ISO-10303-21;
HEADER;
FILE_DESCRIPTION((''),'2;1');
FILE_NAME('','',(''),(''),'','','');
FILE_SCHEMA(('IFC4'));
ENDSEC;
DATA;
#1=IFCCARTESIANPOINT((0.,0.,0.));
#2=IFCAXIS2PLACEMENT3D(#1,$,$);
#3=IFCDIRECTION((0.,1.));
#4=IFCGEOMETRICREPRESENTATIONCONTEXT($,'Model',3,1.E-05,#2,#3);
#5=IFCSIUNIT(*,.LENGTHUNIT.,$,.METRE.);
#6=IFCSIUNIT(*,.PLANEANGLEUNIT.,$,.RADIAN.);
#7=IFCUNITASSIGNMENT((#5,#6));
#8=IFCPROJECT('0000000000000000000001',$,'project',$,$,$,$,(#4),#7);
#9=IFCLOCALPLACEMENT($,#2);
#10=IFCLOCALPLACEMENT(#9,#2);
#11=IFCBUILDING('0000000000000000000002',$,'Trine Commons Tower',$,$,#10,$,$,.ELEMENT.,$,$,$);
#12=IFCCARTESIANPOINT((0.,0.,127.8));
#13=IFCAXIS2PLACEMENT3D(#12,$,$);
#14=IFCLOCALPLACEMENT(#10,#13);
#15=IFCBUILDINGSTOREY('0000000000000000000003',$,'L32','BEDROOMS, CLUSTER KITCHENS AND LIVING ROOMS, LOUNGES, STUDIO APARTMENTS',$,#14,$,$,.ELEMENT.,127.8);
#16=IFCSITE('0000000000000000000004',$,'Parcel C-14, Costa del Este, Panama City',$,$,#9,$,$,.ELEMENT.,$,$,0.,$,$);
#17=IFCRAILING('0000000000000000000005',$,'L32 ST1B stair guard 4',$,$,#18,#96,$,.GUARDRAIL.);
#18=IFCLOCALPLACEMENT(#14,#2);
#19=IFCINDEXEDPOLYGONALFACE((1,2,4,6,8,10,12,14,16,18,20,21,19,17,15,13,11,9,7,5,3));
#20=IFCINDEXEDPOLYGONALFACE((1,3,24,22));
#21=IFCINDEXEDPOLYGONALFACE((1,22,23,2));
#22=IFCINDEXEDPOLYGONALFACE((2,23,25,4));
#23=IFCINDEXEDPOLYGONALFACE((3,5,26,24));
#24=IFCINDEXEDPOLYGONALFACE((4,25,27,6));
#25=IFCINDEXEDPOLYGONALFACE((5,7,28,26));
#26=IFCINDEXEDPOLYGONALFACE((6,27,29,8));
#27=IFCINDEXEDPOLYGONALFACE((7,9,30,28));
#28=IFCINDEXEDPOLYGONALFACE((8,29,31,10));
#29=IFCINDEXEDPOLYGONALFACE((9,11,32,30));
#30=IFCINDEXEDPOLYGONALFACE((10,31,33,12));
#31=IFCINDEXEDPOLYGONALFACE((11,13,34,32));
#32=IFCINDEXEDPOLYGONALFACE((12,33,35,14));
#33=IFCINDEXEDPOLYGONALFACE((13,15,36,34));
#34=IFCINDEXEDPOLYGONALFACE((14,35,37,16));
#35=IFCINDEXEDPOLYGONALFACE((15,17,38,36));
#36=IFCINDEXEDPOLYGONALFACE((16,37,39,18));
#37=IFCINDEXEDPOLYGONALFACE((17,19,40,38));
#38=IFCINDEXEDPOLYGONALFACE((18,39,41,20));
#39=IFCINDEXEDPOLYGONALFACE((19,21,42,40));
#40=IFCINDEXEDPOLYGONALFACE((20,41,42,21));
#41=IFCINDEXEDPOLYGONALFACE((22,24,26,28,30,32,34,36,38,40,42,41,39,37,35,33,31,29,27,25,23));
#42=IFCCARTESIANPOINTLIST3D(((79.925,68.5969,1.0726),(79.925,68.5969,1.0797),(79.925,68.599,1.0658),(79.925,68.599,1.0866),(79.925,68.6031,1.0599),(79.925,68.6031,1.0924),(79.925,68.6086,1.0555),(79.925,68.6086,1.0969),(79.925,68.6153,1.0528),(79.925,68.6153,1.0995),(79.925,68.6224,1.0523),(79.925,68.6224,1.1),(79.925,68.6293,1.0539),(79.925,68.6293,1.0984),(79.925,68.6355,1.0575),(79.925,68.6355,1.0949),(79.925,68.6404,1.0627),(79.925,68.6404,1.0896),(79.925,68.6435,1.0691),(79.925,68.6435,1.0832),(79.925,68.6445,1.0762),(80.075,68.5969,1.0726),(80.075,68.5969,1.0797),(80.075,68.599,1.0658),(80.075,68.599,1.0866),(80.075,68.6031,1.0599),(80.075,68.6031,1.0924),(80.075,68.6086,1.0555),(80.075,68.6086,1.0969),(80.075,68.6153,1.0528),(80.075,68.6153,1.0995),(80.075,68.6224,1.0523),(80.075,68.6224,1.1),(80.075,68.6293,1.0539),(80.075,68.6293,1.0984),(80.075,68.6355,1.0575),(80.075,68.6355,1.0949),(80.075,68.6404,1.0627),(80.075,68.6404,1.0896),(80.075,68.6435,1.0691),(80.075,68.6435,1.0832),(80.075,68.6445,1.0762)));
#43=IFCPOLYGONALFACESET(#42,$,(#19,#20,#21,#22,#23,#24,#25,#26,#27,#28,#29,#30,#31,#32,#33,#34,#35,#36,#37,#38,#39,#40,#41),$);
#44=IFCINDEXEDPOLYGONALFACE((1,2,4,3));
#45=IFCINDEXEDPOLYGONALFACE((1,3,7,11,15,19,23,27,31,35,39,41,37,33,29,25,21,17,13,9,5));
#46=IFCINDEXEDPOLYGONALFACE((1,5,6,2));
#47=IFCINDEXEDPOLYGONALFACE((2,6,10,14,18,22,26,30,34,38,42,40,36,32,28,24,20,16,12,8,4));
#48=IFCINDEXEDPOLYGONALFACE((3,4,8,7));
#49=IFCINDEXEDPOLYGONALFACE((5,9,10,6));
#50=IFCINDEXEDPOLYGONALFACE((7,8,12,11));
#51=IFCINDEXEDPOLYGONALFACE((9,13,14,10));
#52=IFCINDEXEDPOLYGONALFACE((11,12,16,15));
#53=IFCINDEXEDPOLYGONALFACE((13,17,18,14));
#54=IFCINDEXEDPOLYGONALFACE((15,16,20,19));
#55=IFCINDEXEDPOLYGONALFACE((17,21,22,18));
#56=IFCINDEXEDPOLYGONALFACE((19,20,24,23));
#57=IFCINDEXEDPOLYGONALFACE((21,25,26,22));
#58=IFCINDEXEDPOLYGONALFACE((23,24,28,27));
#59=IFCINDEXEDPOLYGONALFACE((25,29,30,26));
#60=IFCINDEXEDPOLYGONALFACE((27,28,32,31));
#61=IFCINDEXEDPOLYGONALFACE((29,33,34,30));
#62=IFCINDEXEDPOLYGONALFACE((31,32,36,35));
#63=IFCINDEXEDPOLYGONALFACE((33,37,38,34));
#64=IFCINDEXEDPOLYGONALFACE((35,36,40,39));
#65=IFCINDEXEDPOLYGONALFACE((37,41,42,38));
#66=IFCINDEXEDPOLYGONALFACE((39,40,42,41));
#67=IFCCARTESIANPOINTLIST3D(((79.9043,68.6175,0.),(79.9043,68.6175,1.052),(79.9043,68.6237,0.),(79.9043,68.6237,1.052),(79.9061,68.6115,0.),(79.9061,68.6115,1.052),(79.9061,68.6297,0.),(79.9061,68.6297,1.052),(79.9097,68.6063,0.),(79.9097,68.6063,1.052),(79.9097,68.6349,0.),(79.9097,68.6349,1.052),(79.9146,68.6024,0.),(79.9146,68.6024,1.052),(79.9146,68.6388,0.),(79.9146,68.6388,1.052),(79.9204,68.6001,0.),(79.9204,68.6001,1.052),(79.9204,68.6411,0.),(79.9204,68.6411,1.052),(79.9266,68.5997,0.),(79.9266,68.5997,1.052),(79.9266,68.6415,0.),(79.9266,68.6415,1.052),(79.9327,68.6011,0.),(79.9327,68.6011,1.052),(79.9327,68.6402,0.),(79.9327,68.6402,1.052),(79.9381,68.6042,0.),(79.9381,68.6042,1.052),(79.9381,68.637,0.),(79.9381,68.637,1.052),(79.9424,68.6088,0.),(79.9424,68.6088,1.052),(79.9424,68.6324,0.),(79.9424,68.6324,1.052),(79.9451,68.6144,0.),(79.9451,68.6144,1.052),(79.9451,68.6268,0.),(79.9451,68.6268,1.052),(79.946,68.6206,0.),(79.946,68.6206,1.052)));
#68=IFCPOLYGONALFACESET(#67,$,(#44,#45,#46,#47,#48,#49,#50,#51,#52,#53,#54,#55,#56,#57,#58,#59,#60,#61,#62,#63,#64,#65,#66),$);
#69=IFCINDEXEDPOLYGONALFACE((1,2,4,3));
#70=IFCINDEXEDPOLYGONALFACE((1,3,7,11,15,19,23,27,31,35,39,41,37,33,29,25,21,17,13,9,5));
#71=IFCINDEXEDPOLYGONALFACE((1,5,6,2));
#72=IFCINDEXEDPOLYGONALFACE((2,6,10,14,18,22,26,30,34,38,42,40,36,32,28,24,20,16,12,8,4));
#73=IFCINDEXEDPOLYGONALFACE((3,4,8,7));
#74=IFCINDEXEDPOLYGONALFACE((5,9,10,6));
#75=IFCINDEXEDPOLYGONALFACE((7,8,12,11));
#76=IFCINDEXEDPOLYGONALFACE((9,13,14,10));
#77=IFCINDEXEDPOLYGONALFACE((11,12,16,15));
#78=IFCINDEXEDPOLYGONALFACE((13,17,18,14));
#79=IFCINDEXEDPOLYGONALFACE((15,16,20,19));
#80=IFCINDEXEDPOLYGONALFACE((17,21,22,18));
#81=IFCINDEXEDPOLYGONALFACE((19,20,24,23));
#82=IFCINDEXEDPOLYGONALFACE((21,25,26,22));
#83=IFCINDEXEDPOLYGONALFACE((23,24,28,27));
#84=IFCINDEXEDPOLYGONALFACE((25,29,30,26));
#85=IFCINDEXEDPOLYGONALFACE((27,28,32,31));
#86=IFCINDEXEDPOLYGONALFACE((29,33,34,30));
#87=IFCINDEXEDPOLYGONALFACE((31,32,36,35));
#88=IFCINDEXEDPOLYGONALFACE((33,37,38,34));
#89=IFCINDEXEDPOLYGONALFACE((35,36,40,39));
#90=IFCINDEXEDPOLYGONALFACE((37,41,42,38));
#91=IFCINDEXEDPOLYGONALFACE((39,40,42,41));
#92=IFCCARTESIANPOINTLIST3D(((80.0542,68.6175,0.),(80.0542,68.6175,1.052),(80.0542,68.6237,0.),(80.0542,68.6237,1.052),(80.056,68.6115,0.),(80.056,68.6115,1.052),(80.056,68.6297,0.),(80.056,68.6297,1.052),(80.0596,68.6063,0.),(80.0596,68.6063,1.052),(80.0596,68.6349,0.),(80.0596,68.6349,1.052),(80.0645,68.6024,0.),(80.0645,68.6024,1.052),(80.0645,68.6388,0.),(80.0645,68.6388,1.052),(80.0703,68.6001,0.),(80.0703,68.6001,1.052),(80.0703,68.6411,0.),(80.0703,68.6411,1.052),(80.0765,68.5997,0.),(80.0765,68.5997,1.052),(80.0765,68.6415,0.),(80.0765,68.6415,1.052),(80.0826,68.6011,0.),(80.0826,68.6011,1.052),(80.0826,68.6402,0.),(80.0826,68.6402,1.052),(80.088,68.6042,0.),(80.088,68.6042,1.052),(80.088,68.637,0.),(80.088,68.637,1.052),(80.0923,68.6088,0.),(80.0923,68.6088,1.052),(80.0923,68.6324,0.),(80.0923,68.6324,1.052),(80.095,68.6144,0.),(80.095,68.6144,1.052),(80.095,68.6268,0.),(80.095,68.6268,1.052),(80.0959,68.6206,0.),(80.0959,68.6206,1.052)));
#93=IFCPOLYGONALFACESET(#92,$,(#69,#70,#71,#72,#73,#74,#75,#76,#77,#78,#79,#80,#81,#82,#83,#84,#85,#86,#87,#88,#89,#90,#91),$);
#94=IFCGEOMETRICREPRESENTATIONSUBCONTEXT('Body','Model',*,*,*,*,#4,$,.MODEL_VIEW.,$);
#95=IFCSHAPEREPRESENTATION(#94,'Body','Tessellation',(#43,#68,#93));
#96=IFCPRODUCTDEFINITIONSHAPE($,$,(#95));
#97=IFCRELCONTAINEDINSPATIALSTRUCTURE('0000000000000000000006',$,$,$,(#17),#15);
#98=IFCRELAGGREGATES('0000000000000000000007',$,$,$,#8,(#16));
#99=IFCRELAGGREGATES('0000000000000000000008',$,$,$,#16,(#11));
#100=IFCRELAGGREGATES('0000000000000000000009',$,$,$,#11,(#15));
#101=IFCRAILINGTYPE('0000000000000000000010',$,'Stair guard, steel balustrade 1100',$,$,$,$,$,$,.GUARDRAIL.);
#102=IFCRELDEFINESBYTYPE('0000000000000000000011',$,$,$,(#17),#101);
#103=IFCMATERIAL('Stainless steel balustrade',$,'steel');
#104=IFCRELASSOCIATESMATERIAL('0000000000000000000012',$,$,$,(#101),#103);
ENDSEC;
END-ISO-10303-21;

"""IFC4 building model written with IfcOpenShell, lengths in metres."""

from ifc_helpers import new_model, si_unit, direction, frame, origin, origin_2d, place, context, subcontext, project, spatial, circle, extrude, material, type_object, element, save


model = new_model("IFC4")

# Units and contexts
model_context = context("Model", 3, precision=1e-05, world=origin(), true_north=direction((0.0, 1.0)))
body_context = subcontext(model_context, "Body", "Model", "MODEL_VIEW")
ifc_project = project(units=[si_unit("LENGTHUNIT", "METRE"), si_unit("PLANEANGLEUNIT", "RADIAN")], contexts=[model_context])

# Site, building, storey
site_placement = place(None, origin())
site = spatial("IfcSite", under=ifc_project, at=site_placement, Name="Parcel C-14, Costa del Este, Panama City", CompositionType="ELEMENT", RefElevation=0.0)
building_placement = place(site_placement, origin())
building = spatial("IfcBuilding", under=site, at=building_placement, Name="Trine Commons Tower", CompositionType="ELEMENT")
storey_placement = place(building_placement, frame((0.0, 0.0, 127.8)))
storey = spatial("IfcBuildingStorey", under=building, at=storey_placement, Name="L32", Description="BEDROOMS, CLUSTER KITCHENS AND LIVING ROOMS, LOUNGES, STUDIO APARTMENTS", CompositionType="ELEMENT", Elevation=127.8)

# Railing
ifc_material_1 = material(Name="Stainless steel balustrade", Category="steel")
railing_type_1 = type_object("IfcRailingType", Name="Stair guard, steel balustrade 1100", PredefinedType="GUARDRAIL", material=ifc_material_1)
railing_1_placement = place(storey_placement, frame((79.925, 68.6206, 0.0)))
element("IfcRailing", 1, at=railing_1_placement, inside=storey, type_object=railing_type_1, Name="L32 ST1B stair guard 4", PredefinedType="GUARDRAIL", context=body_context, shape_type="SweptSolid", body=[
    extrude(circle(Radius=0.0239, at=origin_2d()), frame((0.0, 0.0, 1.0762), z_axis=(1.0, 0.0, 0.0), x_axis=(0.0, 1.0, 0.0)), (0.0, 0.0, 1.0), 0.1499),
    extrude(circle(Radius=0.021, at=origin_2d()), origin(), (0.0, 0.0, 1.0), 1.052),
    extrude(circle(Radius=0.021, at=origin_2d()), frame((0.1499, 0.0, 0.0)), (0.0, 0.0, 1.0), 1.052),
])

save(model, "model.ifc")
